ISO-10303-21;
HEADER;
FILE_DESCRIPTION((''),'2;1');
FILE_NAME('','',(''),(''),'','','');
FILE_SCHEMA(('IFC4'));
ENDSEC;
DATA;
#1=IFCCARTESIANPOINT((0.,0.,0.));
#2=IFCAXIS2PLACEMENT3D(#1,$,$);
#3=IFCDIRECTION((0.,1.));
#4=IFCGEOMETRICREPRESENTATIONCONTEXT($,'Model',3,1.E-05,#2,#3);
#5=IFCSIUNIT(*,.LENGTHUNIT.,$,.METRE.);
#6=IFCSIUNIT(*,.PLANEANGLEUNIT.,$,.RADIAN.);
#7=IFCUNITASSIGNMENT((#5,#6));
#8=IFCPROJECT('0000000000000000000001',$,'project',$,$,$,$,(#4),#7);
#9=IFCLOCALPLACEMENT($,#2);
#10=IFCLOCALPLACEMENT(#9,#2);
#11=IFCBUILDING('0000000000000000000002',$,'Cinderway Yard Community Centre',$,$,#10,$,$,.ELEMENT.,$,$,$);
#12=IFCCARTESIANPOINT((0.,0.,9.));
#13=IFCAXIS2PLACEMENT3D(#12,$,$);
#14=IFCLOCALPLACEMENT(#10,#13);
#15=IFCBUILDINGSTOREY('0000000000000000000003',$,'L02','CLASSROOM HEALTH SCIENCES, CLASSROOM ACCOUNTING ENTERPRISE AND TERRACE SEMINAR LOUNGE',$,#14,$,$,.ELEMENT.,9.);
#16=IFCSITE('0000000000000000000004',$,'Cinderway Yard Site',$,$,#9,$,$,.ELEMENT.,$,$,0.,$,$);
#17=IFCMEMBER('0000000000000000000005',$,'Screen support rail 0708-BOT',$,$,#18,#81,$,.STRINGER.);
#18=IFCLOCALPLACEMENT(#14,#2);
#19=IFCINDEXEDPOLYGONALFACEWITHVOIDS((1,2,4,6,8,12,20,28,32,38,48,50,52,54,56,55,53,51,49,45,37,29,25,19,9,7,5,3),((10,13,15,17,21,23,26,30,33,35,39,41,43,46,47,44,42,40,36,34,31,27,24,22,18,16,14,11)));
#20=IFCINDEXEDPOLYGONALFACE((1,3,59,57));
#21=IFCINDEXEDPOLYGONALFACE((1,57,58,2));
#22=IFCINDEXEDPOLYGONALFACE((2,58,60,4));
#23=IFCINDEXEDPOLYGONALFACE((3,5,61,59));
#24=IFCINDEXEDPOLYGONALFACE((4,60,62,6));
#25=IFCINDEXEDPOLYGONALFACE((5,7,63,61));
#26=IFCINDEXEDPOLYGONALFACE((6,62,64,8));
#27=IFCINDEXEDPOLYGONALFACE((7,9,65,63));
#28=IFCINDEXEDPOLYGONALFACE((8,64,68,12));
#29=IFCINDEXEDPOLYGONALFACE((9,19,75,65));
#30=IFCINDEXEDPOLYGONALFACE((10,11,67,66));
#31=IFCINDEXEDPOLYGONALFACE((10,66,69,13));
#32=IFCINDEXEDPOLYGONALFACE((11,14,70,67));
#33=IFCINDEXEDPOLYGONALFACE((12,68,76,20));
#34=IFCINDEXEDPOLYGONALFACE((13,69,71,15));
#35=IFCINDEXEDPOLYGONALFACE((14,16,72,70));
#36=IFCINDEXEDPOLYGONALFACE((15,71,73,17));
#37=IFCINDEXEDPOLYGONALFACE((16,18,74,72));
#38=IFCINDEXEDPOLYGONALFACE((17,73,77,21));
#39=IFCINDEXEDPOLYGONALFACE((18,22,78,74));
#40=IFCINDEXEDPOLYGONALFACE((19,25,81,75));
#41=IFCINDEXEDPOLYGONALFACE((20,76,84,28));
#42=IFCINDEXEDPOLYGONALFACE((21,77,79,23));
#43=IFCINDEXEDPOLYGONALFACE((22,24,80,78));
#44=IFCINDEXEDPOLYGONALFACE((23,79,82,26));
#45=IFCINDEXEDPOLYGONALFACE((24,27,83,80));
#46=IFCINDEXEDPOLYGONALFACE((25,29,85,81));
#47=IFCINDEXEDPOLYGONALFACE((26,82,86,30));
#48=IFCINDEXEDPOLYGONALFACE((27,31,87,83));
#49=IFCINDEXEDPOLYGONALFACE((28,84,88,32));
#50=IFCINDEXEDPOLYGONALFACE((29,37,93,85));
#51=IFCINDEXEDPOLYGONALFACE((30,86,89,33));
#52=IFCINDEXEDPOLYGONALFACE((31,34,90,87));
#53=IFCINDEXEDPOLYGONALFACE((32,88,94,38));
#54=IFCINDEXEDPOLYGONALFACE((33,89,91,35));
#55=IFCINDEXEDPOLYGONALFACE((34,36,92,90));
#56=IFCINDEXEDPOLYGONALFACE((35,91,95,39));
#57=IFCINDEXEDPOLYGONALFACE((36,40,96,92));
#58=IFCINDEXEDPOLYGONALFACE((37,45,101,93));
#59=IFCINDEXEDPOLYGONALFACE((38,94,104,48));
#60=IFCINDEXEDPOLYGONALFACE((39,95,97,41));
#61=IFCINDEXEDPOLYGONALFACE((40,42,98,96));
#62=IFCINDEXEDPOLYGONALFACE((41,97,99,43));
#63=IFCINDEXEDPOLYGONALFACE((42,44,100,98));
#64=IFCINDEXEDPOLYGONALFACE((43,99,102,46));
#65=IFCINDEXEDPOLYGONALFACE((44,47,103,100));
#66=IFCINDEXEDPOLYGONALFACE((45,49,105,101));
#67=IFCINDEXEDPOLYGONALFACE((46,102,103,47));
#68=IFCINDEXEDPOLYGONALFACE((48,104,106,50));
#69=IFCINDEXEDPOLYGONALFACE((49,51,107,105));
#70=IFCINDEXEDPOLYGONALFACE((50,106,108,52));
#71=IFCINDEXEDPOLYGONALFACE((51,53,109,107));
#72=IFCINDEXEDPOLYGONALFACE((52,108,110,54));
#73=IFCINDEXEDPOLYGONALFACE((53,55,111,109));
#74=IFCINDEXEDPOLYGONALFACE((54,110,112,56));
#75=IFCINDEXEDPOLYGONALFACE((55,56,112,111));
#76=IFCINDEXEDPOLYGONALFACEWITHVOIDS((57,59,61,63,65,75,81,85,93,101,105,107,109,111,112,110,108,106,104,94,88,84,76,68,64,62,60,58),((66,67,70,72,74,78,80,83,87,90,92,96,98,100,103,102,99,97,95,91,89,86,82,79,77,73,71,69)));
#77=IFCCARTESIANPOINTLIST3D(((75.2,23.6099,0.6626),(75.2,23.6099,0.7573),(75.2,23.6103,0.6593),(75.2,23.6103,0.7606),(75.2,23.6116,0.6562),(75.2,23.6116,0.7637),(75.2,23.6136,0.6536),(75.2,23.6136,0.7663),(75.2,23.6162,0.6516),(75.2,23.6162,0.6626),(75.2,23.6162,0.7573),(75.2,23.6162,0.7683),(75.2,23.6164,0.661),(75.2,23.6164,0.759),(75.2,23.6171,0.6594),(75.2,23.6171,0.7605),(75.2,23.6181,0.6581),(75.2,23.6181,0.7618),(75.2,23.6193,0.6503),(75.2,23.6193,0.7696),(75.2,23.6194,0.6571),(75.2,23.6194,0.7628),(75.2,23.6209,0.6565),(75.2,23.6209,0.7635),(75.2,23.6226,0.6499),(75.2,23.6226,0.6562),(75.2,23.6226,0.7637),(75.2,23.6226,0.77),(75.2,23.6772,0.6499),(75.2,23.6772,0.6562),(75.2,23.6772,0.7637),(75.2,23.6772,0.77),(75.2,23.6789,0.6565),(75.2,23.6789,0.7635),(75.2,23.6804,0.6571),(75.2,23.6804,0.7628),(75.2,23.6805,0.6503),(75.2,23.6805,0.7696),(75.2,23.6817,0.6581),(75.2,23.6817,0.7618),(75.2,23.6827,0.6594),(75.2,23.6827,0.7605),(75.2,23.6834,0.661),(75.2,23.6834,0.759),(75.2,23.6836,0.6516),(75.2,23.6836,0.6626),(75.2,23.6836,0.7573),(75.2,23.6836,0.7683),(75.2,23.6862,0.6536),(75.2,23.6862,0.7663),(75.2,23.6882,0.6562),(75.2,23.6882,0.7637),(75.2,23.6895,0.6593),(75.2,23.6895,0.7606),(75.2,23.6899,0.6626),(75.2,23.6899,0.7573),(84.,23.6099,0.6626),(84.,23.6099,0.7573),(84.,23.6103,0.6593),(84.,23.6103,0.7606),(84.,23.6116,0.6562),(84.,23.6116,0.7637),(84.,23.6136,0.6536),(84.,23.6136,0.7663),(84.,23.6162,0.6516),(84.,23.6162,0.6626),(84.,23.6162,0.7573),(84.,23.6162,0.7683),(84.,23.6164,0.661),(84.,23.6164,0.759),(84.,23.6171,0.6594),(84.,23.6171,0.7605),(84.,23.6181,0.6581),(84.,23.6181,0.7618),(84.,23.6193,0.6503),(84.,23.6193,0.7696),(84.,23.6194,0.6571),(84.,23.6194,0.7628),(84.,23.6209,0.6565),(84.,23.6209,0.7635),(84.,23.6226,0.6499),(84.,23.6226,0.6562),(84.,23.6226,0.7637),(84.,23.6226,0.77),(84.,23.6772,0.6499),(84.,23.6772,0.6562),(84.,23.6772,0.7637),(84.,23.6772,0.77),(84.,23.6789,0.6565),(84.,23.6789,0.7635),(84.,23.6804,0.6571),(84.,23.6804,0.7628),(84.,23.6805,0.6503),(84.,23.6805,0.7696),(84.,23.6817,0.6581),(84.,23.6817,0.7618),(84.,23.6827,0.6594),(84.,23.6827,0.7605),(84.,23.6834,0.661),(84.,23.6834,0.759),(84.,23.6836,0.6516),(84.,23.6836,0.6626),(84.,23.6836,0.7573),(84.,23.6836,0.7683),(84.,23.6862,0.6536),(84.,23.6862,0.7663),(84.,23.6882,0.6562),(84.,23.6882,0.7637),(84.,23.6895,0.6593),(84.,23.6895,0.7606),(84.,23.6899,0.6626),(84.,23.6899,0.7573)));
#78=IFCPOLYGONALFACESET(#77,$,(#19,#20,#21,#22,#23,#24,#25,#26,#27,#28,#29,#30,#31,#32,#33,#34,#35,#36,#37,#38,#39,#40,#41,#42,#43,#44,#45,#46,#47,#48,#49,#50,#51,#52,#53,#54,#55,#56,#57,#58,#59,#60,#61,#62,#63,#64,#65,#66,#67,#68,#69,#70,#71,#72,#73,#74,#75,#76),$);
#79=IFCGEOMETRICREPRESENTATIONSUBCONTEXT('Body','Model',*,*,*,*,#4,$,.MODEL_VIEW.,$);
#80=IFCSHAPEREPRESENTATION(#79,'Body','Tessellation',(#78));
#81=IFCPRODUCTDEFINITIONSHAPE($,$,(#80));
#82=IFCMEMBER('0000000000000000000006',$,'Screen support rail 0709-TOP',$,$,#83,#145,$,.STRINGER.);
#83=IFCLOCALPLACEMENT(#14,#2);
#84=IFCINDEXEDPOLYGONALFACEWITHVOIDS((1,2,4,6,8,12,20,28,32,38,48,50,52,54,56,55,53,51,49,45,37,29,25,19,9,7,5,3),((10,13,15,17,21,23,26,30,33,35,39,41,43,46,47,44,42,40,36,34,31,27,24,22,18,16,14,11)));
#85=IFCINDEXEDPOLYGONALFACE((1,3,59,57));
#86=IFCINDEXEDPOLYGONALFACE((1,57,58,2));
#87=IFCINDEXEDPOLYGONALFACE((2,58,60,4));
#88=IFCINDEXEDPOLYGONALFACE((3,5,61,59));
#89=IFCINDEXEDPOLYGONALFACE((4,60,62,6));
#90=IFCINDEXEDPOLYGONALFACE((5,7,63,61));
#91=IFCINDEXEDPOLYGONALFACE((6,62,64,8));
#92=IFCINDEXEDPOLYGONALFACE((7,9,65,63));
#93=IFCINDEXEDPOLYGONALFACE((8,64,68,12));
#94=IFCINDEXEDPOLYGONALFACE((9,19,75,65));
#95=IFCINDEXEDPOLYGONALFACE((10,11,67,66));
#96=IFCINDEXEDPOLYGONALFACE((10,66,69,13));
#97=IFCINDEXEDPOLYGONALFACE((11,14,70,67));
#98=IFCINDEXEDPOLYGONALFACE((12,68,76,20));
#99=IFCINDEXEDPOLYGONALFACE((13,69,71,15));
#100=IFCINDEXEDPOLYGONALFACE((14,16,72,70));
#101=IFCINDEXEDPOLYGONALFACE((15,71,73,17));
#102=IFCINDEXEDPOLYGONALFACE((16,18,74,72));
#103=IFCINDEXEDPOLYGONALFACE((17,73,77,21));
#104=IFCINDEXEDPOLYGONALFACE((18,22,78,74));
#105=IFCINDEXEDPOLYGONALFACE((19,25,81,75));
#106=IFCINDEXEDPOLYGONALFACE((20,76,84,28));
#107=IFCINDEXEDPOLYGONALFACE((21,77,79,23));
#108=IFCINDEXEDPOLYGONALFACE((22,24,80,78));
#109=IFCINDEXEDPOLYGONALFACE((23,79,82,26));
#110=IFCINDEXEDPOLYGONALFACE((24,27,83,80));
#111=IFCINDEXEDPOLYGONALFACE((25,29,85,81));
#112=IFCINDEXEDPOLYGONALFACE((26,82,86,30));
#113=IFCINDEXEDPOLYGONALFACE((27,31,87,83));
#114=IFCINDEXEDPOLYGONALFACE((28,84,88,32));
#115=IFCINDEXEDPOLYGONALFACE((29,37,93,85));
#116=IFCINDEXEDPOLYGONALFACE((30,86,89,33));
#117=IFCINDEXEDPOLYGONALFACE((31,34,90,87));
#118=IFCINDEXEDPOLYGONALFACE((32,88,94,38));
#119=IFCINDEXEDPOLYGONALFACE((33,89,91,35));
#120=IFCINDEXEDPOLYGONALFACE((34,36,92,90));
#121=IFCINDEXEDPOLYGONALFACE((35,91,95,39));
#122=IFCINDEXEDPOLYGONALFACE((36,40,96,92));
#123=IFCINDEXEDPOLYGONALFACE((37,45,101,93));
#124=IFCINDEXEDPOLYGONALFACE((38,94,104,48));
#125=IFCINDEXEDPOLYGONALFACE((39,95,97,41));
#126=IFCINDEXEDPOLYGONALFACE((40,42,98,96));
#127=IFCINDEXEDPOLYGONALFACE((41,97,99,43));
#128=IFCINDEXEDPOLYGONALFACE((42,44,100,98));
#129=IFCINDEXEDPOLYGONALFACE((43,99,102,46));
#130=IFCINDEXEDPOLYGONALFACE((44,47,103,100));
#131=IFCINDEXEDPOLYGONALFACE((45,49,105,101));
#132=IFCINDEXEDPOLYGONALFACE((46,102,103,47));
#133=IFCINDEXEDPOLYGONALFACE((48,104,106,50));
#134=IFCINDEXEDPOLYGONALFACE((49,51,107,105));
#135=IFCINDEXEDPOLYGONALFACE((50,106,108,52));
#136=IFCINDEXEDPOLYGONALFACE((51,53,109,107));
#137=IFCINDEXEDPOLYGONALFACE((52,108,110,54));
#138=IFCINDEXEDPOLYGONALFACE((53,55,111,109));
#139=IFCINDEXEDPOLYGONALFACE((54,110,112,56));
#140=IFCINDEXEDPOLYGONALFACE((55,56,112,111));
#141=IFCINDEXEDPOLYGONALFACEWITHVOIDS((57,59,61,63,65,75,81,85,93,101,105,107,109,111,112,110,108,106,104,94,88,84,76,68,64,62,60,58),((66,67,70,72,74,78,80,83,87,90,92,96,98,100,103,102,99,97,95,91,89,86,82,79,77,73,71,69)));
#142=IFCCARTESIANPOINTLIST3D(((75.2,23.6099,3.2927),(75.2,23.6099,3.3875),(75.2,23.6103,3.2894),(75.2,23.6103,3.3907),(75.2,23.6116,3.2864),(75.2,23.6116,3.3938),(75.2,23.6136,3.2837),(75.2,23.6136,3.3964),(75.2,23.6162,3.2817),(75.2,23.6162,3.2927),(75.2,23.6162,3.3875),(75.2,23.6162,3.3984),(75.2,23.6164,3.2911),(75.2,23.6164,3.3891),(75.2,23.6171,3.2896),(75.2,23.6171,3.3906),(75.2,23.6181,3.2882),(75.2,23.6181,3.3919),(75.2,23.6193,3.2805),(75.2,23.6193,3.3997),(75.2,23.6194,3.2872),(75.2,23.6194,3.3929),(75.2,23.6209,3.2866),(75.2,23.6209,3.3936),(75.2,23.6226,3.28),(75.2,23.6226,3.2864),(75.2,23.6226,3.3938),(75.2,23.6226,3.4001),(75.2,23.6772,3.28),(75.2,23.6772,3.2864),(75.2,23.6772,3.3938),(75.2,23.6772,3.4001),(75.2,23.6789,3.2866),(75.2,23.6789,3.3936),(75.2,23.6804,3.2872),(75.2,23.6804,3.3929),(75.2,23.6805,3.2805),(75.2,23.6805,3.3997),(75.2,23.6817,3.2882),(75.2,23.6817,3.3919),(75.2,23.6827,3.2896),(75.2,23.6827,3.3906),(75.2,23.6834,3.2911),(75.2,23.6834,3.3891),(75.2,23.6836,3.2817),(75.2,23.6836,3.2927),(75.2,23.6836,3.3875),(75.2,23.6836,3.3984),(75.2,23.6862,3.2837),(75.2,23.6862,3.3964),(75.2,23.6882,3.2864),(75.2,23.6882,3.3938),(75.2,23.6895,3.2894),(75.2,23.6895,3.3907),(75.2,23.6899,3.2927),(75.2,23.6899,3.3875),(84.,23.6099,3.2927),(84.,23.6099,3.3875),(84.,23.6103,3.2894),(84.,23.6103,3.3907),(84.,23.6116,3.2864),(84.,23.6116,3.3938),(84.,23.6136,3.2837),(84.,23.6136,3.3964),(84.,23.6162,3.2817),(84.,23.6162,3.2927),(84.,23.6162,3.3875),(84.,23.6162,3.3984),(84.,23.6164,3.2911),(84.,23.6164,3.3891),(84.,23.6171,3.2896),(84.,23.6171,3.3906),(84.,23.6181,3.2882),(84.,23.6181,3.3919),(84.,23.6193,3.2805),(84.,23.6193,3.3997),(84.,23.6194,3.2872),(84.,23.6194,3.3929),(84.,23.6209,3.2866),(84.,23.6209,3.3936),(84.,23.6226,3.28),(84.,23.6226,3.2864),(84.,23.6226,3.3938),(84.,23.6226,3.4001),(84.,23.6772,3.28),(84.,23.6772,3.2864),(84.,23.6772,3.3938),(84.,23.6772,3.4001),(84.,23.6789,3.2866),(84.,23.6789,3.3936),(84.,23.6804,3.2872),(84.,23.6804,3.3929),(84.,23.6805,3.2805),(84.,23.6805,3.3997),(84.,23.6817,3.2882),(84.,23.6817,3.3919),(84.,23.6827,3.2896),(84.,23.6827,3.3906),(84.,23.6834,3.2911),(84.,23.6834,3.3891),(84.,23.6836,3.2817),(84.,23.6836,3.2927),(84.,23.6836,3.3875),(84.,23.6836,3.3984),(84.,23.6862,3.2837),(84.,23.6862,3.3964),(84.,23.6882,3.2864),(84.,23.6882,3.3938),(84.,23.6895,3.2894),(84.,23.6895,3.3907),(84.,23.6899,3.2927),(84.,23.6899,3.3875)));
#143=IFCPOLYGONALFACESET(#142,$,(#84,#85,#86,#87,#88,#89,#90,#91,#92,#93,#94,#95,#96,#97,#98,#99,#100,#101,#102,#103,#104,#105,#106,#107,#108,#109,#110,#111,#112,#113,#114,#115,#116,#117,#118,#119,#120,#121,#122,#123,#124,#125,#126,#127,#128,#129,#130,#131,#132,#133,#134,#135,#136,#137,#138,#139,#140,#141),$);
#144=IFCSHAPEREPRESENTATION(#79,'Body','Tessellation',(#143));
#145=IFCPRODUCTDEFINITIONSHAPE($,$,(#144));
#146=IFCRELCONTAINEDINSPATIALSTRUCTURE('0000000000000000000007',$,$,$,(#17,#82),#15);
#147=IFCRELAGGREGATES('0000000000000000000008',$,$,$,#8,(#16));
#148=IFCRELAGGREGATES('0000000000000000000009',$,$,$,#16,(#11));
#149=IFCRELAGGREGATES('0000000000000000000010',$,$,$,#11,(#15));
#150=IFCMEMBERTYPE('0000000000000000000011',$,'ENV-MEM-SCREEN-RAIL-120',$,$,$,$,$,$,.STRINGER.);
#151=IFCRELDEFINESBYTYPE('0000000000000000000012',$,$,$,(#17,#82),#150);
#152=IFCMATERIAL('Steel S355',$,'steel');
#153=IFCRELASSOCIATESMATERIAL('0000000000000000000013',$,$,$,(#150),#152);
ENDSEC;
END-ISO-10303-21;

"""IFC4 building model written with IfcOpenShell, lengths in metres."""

from ifc_helpers import new_model, si_unit, direction, frame, origin, origin_2d, place, context, subcontext, project, spatial, hollow_rectangle, extrude, material, material_profile, profile_set, type_object, element, save


model = new_model("IFC4")

# Units and contexts
model_context = context("Model", 3, precision=1e-05, world=origin(), true_north=direction((0.0, 1.0)))
body_context = subcontext(model_context, "Body", "Model", "MODEL_VIEW")
ifc_project = project(units=[si_unit("LENGTHUNIT", "METRE"), si_unit("PLANEANGLEUNIT", "RADIAN")], contexts=[model_context])

# Site, building, storey
site_placement = place(None, origin())
site = spatial("IfcSite", under=ifc_project, at=site_placement, Name="Cinderway Yard Site", CompositionType="ELEMENT", RefElevation=0.0)
building_placement = place(site_placement, origin())
building = spatial("IfcBuilding", under=site, at=building_placement, Name="Cinderway Yard Community Centre", CompositionType="ELEMENT")
storey_placement = place(building_placement, frame((0.0, 0.0, 9.0)))
storey = spatial("IfcBuildingStorey", under=building, at=storey_placement, Name="L02", Description="CLASSROOM HEALTH SCIENCES, CLASSROOM ACCOUNTING ENTERPRISE AND TERRACE SEMINAR LOUNGE", CompositionType="ELEMENT", Elevation=9.0)

# Members
ifc_material_1 = material(Name="Steel S355", Category="steel")
ifc_material_profile_1 = material_profile(ifc_material_1, hollow_rectangle(XDim=0.0801, YDim=0.1201, WallThickness=0.0063, InnerFilletRadius=0.0063, OuterFilletRadius=0.0127, at=origin_2d()), Name="Steel S355")
ifc_profile_set_1 = profile_set([ifc_material_profile_1], Name="Steel S355")
member_type_1 = type_object("IfcMemberType", Name="ENV-MEM-SCREEN-RAIL-120", PredefinedType="STRINGER", material=ifc_profile_set_1)
for number, where, z_axis, x_axis, name in (
    (1, (75.2, 23.6499, 0.71), (1.0, 0.0, 0.0), (0.0, 1.0, 0.0), "Screen support rail 0708-BOT"),
    (2, (75.2, 23.6499, 3.3401), (1.0, 0.0, 0.0), (0.0, 1.0, 0.0), "Screen support rail 0709-TOP"),
):
    element("IfcMember", number, at=place(storey_placement, frame(where, z_axis=z_axis, x_axis=x_axis)), inside=storey, type_object=member_type_1, Name=name, PredefinedType="STRINGER", context=body_context, shape_type="SweptSolid", body=[
        extrude(hollow_rectangle(XDim=0.0801, YDim=0.1201, WallThickness=0.0063, InnerFilletRadius=0.0063, OuterFilletRadius=0.0127, at=origin_2d()), origin(), (0.0, 0.0, 1.0), 8.8),
    ])

save(model, "model.ifc")
